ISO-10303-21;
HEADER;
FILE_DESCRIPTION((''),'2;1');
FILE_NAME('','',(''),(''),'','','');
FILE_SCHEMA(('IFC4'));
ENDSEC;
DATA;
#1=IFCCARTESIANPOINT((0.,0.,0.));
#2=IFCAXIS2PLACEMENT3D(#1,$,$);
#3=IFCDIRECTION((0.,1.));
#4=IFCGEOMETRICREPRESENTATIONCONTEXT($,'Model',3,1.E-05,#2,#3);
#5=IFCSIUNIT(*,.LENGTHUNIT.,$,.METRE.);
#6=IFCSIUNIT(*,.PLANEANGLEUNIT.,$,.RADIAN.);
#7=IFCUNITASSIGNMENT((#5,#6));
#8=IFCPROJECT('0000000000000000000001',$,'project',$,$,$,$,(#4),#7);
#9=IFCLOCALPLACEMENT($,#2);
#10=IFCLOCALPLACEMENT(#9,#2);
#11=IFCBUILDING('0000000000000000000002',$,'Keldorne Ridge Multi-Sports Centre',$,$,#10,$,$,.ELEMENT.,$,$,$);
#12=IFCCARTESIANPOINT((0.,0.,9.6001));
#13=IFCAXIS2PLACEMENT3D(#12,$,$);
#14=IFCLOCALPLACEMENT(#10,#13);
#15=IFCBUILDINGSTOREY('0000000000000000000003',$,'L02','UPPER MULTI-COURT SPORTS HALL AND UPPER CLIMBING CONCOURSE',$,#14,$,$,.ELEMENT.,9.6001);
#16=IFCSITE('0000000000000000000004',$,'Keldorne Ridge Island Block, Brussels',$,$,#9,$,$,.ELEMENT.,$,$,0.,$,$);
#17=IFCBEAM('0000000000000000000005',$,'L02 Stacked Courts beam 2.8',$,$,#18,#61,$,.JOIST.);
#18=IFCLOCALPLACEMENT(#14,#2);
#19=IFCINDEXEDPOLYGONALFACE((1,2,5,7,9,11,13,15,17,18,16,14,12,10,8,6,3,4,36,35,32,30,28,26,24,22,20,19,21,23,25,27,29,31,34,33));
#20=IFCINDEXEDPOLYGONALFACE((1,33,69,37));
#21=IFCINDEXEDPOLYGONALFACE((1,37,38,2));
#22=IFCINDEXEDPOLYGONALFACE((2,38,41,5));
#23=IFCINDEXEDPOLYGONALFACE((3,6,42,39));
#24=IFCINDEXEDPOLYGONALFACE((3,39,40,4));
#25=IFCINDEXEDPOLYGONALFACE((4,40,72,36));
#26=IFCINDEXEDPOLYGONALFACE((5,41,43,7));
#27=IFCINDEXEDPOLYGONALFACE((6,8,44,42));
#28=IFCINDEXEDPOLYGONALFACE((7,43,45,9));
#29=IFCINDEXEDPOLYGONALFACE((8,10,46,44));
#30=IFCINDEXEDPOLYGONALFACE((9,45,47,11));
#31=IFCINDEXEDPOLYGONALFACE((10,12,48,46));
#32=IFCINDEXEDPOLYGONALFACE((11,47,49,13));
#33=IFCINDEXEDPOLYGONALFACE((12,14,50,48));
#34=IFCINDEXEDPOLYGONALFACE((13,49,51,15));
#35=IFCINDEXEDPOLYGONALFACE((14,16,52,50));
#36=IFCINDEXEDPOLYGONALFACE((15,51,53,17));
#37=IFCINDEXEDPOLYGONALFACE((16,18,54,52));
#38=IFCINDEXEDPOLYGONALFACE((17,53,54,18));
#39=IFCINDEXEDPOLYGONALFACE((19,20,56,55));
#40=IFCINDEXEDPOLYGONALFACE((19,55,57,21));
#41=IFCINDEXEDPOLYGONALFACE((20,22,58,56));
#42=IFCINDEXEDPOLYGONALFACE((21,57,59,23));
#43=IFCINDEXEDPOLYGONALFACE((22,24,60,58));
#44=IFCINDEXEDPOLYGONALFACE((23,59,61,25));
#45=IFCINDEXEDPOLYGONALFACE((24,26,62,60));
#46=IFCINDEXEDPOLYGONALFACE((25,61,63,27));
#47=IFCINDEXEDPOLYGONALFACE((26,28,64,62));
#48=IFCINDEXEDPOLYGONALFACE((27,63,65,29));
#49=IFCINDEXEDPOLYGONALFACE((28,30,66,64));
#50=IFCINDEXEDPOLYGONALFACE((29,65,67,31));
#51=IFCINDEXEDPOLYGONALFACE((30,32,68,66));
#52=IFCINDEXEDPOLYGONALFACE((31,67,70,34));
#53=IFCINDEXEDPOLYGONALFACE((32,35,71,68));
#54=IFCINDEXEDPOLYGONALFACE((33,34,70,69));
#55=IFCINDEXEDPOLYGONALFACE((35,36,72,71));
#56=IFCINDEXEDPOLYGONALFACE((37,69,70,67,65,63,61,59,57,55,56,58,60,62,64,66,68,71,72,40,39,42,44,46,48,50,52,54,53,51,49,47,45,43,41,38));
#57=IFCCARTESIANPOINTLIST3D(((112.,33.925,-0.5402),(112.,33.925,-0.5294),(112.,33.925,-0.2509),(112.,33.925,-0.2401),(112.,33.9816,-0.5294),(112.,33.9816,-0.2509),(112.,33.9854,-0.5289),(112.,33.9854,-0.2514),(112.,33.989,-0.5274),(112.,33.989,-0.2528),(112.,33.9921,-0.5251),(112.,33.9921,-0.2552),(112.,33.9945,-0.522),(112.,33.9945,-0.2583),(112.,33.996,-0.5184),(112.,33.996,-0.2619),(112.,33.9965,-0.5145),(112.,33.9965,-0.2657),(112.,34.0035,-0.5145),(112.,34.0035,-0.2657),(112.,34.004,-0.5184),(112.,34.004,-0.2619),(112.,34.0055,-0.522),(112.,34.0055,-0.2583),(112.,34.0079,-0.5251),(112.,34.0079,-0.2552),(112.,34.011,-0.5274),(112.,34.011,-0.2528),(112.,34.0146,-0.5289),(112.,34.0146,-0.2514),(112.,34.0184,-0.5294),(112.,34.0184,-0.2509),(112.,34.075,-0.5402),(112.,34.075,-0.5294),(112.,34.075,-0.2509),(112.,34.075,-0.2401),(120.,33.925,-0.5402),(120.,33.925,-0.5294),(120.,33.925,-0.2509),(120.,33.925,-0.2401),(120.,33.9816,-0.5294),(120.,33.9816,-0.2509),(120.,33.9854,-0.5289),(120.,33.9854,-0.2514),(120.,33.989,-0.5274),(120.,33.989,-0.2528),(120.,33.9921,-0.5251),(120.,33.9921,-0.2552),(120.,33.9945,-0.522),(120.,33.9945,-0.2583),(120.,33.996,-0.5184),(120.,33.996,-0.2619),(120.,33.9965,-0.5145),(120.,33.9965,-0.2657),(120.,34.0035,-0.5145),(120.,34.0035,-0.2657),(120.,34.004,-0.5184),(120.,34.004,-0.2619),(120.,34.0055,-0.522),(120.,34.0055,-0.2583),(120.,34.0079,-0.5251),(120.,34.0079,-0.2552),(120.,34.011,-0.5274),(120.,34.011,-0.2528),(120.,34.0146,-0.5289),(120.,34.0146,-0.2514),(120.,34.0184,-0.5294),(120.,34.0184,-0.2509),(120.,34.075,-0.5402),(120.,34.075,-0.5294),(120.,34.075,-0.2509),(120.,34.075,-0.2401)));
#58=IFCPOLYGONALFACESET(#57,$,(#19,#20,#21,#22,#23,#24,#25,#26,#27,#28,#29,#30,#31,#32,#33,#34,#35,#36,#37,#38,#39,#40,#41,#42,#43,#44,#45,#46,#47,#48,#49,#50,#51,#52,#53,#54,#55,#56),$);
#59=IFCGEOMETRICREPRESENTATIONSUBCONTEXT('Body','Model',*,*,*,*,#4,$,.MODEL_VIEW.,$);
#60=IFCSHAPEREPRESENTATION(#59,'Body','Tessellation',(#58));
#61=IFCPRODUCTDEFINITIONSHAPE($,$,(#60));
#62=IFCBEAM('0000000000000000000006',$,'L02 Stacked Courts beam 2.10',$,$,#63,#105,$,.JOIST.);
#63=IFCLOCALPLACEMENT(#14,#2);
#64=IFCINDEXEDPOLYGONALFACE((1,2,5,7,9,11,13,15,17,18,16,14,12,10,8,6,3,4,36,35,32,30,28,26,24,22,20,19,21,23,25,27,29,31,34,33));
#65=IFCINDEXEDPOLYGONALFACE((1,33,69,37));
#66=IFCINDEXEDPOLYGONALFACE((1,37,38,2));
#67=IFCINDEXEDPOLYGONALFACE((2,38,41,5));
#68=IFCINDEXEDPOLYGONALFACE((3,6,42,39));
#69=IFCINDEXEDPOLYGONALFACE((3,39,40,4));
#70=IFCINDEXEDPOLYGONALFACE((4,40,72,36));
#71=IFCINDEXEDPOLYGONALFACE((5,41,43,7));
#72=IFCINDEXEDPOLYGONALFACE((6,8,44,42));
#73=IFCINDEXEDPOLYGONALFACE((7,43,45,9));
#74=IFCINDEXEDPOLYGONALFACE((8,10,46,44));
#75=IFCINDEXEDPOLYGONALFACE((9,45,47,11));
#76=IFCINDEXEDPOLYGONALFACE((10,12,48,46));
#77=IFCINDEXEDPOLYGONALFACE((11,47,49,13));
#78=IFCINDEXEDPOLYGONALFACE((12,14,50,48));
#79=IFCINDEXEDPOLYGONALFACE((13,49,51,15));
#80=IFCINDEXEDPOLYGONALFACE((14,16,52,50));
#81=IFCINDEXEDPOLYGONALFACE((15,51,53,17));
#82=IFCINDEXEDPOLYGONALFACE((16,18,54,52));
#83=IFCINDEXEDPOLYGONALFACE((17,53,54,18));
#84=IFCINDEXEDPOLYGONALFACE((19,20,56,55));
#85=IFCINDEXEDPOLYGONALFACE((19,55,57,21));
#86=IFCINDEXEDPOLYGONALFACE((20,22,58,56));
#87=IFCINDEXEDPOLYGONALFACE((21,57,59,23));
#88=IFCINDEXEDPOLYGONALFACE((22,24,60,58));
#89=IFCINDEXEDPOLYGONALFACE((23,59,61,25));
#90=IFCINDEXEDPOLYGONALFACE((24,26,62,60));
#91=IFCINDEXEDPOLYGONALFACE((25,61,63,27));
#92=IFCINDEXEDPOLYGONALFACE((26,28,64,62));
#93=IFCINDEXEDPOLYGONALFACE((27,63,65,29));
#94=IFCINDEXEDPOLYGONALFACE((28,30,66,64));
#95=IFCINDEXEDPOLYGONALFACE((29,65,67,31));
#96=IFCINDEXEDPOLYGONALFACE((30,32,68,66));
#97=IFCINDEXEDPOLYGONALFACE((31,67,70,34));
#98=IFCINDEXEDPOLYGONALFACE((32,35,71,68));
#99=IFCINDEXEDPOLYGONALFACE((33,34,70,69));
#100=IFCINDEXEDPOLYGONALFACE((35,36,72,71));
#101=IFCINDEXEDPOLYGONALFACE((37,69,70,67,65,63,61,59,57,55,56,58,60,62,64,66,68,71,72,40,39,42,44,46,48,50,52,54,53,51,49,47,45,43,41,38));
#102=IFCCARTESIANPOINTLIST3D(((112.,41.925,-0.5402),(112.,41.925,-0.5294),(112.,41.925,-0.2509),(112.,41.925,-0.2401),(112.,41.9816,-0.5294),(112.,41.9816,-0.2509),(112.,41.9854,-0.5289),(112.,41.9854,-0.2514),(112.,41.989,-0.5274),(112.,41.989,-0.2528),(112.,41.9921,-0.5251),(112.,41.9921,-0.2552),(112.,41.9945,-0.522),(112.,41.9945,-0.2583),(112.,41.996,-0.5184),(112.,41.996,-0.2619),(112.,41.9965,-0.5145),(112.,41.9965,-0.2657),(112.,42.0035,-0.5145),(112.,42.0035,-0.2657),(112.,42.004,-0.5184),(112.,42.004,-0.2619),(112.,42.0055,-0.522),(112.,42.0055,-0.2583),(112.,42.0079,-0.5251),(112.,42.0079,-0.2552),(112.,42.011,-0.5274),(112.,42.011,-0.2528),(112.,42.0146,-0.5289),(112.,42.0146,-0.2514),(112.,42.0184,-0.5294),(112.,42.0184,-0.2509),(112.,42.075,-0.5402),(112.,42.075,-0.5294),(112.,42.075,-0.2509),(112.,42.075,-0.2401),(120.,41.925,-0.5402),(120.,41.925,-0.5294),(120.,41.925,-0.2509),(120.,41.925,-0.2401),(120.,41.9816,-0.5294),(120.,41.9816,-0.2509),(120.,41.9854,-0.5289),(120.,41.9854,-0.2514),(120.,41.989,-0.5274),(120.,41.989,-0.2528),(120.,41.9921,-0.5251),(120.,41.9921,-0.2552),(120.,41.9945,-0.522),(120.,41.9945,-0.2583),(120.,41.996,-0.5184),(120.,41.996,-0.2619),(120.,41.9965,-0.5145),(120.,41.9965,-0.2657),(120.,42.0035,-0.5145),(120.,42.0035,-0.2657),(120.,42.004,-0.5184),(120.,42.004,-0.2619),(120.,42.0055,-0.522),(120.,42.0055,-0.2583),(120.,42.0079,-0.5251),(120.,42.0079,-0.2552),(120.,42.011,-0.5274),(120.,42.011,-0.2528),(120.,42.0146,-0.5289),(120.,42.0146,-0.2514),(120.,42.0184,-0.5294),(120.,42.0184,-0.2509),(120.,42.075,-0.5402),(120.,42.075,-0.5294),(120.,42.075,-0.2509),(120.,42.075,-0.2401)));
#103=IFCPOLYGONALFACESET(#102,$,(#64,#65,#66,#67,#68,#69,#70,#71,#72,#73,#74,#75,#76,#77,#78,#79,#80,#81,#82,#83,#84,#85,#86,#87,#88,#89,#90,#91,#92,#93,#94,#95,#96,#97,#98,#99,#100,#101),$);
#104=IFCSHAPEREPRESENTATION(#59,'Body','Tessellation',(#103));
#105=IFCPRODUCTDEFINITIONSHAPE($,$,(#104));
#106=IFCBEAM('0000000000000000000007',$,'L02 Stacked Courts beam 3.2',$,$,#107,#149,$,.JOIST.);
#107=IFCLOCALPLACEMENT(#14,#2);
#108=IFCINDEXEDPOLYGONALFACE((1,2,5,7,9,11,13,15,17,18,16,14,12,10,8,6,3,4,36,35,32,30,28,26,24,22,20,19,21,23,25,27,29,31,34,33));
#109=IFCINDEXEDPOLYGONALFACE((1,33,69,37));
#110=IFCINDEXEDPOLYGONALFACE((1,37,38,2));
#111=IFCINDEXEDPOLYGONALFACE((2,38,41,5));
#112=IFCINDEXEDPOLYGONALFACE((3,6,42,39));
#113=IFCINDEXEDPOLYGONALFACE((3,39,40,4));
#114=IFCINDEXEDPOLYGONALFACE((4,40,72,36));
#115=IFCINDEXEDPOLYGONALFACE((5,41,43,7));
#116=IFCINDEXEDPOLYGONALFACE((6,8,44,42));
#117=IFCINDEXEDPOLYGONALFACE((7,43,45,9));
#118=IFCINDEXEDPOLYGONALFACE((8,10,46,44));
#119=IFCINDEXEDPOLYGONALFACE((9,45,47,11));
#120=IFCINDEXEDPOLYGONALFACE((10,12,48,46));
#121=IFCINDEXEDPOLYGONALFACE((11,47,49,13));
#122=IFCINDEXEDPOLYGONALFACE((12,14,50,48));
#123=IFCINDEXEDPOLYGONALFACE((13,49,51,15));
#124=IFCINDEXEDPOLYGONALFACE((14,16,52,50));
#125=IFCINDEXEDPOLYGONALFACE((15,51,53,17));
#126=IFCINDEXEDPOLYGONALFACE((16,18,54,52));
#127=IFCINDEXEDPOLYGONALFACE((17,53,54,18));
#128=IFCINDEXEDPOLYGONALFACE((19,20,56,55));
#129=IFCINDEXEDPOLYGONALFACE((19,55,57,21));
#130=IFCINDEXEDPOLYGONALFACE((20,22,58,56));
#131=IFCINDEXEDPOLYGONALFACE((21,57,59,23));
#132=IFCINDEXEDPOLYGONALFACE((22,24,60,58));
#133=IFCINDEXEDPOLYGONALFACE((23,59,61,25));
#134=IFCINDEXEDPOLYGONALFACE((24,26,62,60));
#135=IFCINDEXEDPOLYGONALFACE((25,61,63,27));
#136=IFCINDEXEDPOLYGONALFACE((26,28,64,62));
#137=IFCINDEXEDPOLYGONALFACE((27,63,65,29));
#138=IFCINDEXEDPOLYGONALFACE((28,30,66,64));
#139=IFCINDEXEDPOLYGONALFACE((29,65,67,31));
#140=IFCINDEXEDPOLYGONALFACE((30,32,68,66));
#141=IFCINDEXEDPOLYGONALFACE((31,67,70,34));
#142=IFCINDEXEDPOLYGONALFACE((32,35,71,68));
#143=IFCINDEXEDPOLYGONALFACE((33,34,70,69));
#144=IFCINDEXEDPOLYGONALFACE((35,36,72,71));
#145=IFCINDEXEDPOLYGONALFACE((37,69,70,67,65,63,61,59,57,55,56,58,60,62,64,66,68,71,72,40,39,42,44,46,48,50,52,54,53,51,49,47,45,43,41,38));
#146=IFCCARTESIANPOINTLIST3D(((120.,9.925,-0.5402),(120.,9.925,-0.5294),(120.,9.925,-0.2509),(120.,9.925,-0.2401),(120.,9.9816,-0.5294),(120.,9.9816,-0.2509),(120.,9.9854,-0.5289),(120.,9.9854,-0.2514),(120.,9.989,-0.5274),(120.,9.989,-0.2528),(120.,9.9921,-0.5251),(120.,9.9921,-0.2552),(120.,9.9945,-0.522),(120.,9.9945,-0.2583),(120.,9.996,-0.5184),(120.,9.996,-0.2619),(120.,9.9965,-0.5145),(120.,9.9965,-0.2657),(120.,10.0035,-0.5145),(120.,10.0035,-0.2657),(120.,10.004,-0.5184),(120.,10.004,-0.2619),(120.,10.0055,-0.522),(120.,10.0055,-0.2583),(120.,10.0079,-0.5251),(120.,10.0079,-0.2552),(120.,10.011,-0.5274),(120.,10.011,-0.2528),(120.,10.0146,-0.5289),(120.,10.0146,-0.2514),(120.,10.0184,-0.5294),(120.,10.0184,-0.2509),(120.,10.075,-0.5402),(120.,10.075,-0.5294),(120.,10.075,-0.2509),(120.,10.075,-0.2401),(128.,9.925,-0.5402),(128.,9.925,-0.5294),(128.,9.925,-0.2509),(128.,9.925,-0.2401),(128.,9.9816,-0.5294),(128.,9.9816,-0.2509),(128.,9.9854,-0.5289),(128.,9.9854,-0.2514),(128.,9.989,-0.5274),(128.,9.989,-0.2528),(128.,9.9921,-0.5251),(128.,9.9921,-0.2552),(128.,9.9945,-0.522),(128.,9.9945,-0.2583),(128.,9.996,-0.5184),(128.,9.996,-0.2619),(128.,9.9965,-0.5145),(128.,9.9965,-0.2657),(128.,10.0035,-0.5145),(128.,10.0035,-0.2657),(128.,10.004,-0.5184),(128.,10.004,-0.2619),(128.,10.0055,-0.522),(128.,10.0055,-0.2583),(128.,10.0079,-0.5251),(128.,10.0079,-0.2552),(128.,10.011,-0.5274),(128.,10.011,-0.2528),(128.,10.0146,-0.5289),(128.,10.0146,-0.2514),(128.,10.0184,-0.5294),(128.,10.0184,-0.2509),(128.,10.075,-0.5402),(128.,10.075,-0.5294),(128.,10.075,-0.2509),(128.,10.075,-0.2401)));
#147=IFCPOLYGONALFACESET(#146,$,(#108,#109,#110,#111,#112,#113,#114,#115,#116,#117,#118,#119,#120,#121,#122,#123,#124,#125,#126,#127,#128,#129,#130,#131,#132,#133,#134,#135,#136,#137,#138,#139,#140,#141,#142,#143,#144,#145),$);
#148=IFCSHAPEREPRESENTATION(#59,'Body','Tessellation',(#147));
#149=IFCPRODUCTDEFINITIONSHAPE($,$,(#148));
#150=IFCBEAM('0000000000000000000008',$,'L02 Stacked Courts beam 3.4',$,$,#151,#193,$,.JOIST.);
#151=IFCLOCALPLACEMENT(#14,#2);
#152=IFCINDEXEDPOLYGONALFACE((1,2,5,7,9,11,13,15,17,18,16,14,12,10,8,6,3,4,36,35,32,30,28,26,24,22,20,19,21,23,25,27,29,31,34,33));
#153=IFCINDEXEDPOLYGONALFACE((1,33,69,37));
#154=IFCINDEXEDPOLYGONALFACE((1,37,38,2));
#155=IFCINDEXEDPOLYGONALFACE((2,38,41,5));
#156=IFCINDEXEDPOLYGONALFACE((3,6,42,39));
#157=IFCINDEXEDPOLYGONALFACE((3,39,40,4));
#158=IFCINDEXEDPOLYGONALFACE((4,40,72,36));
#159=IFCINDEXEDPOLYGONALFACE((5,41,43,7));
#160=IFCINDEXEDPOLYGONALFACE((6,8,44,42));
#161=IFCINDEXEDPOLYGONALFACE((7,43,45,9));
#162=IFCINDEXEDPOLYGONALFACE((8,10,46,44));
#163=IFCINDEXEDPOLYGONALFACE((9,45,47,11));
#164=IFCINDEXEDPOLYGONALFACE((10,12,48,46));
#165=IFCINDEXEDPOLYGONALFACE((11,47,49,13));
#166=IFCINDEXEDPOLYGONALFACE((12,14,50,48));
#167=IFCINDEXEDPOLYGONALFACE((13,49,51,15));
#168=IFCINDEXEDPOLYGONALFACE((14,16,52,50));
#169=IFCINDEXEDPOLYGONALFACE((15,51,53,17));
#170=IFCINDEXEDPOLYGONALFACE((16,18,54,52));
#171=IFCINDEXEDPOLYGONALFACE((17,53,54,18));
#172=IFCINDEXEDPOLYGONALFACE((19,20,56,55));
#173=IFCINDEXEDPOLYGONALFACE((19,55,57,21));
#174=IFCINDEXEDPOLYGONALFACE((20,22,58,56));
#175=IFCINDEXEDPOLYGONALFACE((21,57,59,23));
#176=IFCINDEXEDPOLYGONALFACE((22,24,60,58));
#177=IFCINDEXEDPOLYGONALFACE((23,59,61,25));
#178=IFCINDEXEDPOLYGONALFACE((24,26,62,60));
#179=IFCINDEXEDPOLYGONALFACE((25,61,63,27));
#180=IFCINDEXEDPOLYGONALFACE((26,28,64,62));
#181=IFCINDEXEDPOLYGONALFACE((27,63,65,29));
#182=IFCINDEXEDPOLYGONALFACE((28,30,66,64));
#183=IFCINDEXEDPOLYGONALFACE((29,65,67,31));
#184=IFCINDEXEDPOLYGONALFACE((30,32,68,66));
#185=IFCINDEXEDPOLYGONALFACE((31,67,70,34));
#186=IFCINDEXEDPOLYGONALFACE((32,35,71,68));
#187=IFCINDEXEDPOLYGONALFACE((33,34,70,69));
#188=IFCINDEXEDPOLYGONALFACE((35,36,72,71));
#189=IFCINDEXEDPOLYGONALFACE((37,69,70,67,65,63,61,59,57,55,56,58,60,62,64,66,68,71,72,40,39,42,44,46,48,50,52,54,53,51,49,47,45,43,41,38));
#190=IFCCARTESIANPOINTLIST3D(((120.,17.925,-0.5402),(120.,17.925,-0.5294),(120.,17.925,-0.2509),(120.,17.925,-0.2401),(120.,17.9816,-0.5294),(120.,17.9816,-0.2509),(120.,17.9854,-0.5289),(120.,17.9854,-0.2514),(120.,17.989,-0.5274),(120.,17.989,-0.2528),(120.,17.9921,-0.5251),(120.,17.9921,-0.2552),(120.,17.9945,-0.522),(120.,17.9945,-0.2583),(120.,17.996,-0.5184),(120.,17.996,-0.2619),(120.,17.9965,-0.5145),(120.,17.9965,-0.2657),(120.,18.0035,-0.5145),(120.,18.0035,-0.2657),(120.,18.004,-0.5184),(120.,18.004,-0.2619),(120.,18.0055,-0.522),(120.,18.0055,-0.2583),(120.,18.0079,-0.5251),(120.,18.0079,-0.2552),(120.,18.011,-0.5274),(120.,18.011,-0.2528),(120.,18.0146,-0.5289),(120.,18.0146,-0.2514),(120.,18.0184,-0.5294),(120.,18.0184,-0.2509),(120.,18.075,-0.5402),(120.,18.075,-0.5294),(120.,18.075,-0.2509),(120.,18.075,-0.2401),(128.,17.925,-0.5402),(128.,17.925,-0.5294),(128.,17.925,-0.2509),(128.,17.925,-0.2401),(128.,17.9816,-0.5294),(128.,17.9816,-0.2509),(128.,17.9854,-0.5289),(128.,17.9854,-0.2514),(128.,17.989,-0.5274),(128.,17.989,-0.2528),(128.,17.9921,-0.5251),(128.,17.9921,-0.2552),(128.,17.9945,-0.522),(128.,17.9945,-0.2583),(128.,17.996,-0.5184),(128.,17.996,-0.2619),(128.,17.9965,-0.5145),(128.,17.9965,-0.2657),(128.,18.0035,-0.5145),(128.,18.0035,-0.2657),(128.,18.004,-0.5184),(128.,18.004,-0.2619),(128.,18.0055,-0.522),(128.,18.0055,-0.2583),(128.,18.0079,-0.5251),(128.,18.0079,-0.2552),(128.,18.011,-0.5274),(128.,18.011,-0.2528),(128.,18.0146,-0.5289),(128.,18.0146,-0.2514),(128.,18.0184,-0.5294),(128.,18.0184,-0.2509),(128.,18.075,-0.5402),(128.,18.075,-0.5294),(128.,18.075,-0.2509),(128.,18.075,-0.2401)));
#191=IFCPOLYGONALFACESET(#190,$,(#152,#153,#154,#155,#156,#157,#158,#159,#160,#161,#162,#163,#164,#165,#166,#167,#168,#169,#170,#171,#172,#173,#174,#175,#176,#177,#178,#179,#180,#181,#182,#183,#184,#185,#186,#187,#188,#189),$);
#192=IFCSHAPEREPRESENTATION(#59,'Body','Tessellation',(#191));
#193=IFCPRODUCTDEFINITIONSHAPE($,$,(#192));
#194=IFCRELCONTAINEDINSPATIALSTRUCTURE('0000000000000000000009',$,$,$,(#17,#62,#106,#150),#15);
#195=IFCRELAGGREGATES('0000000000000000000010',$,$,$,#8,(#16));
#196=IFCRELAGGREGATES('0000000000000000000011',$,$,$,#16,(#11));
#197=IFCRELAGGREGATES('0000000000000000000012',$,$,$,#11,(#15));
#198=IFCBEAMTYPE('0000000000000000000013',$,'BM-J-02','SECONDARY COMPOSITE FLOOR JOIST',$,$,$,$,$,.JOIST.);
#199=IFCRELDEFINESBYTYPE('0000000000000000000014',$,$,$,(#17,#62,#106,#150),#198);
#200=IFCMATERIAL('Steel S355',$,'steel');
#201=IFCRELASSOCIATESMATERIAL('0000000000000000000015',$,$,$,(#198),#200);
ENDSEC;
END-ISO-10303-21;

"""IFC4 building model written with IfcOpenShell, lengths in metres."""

from ifc_helpers import new_model, si_unit, direction, frame, origin, origin_2d, place, context, subcontext, project, spatial, i_section, extrude, material, material_profile, profile_set, type_object, element, save


model = new_model("IFC4")

# Units and contexts
model_context = context("Model", 3, precision=1e-05, world=origin(), true_north=direction((0.0, 1.0)))
body_context = subcontext(model_context, "Body", "Model", "MODEL_VIEW")
ifc_project = project(units=[si_unit("LENGTHUNIT", "METRE"), si_unit("PLANEANGLEUNIT", "RADIAN")], contexts=[model_context])

# Site, building, storey
site_placement = place(None, origin())
site = spatial("IfcSite", under=ifc_project, at=site_placement, Name="Keldorne Ridge Island Block, Brussels", CompositionType="ELEMENT", RefElevation=0.0)
building_placement = place(site_placement, origin())
building = spatial("IfcBuilding", under=site, at=building_placement, Name="Keldorne Ridge Multi-Sports Centre", CompositionType="ELEMENT")
storey_placement = place(building_placement, frame((0.0, 0.0, 9.6001)))
storey = spatial("IfcBuildingStorey", under=building, at=storey_placement, Name="L02", Description="UPPER MULTI-COURT SPORTS HALL AND UPPER CLIMBING CONCOURSE", CompositionType="ELEMENT", Elevation=9.6001)

# Shared definitions
ifc_material_1 = material(Name="Steel S355", Category="steel")

# Beams
ifc_material_profile_1 = material_profile(ifc_material_1, i_section(OverallWidth=0.1499, OverallDepth=0.3, WebThickness=0.0071, FlangeThickness=0.0107, FilletRadius=0.0149, at=origin_2d()), Name="IPE 300")
ifc_profile_set_1 = profile_set([ifc_material_profile_1], Name="Steel S355")
beam_type_1 = type_object("IfcBeamType", Name="BM-J-02", Description="SECONDARY COMPOSITE FLOOR JOIST", PredefinedType="JOIST", material=ifc_profile_set_1)
for number, where, z_axis, x_axis, name in (
    (1, (112.0, 34.0, -0.3901), (1.0, 0.0, 0.0), (0.0, 1.0, 0.0), "L02 Stacked Courts beam 2.8"),
    (2, (112.0, 42.0, -0.3901), (1.0, 0.0, 0.0), (0.0, 1.0, 0.0), "L02 Stacked Courts beam 2.10"),
    (3, (120.0, 10.0, -0.3901), (1.0, 0.0, 0.0), (0.0, 1.0, 0.0), "L02 Stacked Courts beam 3.2"),
    (4, (120.0, 18.0, -0.3901), (1.0, 0.0, 0.0), (0.0, 1.0, 0.0), "L02 Stacked Courts beam 3.4"),
):
    element("IfcBeam", number, at=place(storey_placement, frame(where, z_axis=z_axis, x_axis=x_axis)), inside=storey, type_object=beam_type_1, Name=name, PredefinedType="JOIST", context=body_context, shape_type="SweptSolid", body=[
        extrude(i_section(OverallWidth=0.1499, OverallDepth=0.3, WebThickness=0.0071, FlangeThickness=0.0107, FilletRadius=0.0149, at=origin_2d()), origin(), (0.0, 0.0, 1.0), 8.0),
    ])

save(model, "model.ifc")
